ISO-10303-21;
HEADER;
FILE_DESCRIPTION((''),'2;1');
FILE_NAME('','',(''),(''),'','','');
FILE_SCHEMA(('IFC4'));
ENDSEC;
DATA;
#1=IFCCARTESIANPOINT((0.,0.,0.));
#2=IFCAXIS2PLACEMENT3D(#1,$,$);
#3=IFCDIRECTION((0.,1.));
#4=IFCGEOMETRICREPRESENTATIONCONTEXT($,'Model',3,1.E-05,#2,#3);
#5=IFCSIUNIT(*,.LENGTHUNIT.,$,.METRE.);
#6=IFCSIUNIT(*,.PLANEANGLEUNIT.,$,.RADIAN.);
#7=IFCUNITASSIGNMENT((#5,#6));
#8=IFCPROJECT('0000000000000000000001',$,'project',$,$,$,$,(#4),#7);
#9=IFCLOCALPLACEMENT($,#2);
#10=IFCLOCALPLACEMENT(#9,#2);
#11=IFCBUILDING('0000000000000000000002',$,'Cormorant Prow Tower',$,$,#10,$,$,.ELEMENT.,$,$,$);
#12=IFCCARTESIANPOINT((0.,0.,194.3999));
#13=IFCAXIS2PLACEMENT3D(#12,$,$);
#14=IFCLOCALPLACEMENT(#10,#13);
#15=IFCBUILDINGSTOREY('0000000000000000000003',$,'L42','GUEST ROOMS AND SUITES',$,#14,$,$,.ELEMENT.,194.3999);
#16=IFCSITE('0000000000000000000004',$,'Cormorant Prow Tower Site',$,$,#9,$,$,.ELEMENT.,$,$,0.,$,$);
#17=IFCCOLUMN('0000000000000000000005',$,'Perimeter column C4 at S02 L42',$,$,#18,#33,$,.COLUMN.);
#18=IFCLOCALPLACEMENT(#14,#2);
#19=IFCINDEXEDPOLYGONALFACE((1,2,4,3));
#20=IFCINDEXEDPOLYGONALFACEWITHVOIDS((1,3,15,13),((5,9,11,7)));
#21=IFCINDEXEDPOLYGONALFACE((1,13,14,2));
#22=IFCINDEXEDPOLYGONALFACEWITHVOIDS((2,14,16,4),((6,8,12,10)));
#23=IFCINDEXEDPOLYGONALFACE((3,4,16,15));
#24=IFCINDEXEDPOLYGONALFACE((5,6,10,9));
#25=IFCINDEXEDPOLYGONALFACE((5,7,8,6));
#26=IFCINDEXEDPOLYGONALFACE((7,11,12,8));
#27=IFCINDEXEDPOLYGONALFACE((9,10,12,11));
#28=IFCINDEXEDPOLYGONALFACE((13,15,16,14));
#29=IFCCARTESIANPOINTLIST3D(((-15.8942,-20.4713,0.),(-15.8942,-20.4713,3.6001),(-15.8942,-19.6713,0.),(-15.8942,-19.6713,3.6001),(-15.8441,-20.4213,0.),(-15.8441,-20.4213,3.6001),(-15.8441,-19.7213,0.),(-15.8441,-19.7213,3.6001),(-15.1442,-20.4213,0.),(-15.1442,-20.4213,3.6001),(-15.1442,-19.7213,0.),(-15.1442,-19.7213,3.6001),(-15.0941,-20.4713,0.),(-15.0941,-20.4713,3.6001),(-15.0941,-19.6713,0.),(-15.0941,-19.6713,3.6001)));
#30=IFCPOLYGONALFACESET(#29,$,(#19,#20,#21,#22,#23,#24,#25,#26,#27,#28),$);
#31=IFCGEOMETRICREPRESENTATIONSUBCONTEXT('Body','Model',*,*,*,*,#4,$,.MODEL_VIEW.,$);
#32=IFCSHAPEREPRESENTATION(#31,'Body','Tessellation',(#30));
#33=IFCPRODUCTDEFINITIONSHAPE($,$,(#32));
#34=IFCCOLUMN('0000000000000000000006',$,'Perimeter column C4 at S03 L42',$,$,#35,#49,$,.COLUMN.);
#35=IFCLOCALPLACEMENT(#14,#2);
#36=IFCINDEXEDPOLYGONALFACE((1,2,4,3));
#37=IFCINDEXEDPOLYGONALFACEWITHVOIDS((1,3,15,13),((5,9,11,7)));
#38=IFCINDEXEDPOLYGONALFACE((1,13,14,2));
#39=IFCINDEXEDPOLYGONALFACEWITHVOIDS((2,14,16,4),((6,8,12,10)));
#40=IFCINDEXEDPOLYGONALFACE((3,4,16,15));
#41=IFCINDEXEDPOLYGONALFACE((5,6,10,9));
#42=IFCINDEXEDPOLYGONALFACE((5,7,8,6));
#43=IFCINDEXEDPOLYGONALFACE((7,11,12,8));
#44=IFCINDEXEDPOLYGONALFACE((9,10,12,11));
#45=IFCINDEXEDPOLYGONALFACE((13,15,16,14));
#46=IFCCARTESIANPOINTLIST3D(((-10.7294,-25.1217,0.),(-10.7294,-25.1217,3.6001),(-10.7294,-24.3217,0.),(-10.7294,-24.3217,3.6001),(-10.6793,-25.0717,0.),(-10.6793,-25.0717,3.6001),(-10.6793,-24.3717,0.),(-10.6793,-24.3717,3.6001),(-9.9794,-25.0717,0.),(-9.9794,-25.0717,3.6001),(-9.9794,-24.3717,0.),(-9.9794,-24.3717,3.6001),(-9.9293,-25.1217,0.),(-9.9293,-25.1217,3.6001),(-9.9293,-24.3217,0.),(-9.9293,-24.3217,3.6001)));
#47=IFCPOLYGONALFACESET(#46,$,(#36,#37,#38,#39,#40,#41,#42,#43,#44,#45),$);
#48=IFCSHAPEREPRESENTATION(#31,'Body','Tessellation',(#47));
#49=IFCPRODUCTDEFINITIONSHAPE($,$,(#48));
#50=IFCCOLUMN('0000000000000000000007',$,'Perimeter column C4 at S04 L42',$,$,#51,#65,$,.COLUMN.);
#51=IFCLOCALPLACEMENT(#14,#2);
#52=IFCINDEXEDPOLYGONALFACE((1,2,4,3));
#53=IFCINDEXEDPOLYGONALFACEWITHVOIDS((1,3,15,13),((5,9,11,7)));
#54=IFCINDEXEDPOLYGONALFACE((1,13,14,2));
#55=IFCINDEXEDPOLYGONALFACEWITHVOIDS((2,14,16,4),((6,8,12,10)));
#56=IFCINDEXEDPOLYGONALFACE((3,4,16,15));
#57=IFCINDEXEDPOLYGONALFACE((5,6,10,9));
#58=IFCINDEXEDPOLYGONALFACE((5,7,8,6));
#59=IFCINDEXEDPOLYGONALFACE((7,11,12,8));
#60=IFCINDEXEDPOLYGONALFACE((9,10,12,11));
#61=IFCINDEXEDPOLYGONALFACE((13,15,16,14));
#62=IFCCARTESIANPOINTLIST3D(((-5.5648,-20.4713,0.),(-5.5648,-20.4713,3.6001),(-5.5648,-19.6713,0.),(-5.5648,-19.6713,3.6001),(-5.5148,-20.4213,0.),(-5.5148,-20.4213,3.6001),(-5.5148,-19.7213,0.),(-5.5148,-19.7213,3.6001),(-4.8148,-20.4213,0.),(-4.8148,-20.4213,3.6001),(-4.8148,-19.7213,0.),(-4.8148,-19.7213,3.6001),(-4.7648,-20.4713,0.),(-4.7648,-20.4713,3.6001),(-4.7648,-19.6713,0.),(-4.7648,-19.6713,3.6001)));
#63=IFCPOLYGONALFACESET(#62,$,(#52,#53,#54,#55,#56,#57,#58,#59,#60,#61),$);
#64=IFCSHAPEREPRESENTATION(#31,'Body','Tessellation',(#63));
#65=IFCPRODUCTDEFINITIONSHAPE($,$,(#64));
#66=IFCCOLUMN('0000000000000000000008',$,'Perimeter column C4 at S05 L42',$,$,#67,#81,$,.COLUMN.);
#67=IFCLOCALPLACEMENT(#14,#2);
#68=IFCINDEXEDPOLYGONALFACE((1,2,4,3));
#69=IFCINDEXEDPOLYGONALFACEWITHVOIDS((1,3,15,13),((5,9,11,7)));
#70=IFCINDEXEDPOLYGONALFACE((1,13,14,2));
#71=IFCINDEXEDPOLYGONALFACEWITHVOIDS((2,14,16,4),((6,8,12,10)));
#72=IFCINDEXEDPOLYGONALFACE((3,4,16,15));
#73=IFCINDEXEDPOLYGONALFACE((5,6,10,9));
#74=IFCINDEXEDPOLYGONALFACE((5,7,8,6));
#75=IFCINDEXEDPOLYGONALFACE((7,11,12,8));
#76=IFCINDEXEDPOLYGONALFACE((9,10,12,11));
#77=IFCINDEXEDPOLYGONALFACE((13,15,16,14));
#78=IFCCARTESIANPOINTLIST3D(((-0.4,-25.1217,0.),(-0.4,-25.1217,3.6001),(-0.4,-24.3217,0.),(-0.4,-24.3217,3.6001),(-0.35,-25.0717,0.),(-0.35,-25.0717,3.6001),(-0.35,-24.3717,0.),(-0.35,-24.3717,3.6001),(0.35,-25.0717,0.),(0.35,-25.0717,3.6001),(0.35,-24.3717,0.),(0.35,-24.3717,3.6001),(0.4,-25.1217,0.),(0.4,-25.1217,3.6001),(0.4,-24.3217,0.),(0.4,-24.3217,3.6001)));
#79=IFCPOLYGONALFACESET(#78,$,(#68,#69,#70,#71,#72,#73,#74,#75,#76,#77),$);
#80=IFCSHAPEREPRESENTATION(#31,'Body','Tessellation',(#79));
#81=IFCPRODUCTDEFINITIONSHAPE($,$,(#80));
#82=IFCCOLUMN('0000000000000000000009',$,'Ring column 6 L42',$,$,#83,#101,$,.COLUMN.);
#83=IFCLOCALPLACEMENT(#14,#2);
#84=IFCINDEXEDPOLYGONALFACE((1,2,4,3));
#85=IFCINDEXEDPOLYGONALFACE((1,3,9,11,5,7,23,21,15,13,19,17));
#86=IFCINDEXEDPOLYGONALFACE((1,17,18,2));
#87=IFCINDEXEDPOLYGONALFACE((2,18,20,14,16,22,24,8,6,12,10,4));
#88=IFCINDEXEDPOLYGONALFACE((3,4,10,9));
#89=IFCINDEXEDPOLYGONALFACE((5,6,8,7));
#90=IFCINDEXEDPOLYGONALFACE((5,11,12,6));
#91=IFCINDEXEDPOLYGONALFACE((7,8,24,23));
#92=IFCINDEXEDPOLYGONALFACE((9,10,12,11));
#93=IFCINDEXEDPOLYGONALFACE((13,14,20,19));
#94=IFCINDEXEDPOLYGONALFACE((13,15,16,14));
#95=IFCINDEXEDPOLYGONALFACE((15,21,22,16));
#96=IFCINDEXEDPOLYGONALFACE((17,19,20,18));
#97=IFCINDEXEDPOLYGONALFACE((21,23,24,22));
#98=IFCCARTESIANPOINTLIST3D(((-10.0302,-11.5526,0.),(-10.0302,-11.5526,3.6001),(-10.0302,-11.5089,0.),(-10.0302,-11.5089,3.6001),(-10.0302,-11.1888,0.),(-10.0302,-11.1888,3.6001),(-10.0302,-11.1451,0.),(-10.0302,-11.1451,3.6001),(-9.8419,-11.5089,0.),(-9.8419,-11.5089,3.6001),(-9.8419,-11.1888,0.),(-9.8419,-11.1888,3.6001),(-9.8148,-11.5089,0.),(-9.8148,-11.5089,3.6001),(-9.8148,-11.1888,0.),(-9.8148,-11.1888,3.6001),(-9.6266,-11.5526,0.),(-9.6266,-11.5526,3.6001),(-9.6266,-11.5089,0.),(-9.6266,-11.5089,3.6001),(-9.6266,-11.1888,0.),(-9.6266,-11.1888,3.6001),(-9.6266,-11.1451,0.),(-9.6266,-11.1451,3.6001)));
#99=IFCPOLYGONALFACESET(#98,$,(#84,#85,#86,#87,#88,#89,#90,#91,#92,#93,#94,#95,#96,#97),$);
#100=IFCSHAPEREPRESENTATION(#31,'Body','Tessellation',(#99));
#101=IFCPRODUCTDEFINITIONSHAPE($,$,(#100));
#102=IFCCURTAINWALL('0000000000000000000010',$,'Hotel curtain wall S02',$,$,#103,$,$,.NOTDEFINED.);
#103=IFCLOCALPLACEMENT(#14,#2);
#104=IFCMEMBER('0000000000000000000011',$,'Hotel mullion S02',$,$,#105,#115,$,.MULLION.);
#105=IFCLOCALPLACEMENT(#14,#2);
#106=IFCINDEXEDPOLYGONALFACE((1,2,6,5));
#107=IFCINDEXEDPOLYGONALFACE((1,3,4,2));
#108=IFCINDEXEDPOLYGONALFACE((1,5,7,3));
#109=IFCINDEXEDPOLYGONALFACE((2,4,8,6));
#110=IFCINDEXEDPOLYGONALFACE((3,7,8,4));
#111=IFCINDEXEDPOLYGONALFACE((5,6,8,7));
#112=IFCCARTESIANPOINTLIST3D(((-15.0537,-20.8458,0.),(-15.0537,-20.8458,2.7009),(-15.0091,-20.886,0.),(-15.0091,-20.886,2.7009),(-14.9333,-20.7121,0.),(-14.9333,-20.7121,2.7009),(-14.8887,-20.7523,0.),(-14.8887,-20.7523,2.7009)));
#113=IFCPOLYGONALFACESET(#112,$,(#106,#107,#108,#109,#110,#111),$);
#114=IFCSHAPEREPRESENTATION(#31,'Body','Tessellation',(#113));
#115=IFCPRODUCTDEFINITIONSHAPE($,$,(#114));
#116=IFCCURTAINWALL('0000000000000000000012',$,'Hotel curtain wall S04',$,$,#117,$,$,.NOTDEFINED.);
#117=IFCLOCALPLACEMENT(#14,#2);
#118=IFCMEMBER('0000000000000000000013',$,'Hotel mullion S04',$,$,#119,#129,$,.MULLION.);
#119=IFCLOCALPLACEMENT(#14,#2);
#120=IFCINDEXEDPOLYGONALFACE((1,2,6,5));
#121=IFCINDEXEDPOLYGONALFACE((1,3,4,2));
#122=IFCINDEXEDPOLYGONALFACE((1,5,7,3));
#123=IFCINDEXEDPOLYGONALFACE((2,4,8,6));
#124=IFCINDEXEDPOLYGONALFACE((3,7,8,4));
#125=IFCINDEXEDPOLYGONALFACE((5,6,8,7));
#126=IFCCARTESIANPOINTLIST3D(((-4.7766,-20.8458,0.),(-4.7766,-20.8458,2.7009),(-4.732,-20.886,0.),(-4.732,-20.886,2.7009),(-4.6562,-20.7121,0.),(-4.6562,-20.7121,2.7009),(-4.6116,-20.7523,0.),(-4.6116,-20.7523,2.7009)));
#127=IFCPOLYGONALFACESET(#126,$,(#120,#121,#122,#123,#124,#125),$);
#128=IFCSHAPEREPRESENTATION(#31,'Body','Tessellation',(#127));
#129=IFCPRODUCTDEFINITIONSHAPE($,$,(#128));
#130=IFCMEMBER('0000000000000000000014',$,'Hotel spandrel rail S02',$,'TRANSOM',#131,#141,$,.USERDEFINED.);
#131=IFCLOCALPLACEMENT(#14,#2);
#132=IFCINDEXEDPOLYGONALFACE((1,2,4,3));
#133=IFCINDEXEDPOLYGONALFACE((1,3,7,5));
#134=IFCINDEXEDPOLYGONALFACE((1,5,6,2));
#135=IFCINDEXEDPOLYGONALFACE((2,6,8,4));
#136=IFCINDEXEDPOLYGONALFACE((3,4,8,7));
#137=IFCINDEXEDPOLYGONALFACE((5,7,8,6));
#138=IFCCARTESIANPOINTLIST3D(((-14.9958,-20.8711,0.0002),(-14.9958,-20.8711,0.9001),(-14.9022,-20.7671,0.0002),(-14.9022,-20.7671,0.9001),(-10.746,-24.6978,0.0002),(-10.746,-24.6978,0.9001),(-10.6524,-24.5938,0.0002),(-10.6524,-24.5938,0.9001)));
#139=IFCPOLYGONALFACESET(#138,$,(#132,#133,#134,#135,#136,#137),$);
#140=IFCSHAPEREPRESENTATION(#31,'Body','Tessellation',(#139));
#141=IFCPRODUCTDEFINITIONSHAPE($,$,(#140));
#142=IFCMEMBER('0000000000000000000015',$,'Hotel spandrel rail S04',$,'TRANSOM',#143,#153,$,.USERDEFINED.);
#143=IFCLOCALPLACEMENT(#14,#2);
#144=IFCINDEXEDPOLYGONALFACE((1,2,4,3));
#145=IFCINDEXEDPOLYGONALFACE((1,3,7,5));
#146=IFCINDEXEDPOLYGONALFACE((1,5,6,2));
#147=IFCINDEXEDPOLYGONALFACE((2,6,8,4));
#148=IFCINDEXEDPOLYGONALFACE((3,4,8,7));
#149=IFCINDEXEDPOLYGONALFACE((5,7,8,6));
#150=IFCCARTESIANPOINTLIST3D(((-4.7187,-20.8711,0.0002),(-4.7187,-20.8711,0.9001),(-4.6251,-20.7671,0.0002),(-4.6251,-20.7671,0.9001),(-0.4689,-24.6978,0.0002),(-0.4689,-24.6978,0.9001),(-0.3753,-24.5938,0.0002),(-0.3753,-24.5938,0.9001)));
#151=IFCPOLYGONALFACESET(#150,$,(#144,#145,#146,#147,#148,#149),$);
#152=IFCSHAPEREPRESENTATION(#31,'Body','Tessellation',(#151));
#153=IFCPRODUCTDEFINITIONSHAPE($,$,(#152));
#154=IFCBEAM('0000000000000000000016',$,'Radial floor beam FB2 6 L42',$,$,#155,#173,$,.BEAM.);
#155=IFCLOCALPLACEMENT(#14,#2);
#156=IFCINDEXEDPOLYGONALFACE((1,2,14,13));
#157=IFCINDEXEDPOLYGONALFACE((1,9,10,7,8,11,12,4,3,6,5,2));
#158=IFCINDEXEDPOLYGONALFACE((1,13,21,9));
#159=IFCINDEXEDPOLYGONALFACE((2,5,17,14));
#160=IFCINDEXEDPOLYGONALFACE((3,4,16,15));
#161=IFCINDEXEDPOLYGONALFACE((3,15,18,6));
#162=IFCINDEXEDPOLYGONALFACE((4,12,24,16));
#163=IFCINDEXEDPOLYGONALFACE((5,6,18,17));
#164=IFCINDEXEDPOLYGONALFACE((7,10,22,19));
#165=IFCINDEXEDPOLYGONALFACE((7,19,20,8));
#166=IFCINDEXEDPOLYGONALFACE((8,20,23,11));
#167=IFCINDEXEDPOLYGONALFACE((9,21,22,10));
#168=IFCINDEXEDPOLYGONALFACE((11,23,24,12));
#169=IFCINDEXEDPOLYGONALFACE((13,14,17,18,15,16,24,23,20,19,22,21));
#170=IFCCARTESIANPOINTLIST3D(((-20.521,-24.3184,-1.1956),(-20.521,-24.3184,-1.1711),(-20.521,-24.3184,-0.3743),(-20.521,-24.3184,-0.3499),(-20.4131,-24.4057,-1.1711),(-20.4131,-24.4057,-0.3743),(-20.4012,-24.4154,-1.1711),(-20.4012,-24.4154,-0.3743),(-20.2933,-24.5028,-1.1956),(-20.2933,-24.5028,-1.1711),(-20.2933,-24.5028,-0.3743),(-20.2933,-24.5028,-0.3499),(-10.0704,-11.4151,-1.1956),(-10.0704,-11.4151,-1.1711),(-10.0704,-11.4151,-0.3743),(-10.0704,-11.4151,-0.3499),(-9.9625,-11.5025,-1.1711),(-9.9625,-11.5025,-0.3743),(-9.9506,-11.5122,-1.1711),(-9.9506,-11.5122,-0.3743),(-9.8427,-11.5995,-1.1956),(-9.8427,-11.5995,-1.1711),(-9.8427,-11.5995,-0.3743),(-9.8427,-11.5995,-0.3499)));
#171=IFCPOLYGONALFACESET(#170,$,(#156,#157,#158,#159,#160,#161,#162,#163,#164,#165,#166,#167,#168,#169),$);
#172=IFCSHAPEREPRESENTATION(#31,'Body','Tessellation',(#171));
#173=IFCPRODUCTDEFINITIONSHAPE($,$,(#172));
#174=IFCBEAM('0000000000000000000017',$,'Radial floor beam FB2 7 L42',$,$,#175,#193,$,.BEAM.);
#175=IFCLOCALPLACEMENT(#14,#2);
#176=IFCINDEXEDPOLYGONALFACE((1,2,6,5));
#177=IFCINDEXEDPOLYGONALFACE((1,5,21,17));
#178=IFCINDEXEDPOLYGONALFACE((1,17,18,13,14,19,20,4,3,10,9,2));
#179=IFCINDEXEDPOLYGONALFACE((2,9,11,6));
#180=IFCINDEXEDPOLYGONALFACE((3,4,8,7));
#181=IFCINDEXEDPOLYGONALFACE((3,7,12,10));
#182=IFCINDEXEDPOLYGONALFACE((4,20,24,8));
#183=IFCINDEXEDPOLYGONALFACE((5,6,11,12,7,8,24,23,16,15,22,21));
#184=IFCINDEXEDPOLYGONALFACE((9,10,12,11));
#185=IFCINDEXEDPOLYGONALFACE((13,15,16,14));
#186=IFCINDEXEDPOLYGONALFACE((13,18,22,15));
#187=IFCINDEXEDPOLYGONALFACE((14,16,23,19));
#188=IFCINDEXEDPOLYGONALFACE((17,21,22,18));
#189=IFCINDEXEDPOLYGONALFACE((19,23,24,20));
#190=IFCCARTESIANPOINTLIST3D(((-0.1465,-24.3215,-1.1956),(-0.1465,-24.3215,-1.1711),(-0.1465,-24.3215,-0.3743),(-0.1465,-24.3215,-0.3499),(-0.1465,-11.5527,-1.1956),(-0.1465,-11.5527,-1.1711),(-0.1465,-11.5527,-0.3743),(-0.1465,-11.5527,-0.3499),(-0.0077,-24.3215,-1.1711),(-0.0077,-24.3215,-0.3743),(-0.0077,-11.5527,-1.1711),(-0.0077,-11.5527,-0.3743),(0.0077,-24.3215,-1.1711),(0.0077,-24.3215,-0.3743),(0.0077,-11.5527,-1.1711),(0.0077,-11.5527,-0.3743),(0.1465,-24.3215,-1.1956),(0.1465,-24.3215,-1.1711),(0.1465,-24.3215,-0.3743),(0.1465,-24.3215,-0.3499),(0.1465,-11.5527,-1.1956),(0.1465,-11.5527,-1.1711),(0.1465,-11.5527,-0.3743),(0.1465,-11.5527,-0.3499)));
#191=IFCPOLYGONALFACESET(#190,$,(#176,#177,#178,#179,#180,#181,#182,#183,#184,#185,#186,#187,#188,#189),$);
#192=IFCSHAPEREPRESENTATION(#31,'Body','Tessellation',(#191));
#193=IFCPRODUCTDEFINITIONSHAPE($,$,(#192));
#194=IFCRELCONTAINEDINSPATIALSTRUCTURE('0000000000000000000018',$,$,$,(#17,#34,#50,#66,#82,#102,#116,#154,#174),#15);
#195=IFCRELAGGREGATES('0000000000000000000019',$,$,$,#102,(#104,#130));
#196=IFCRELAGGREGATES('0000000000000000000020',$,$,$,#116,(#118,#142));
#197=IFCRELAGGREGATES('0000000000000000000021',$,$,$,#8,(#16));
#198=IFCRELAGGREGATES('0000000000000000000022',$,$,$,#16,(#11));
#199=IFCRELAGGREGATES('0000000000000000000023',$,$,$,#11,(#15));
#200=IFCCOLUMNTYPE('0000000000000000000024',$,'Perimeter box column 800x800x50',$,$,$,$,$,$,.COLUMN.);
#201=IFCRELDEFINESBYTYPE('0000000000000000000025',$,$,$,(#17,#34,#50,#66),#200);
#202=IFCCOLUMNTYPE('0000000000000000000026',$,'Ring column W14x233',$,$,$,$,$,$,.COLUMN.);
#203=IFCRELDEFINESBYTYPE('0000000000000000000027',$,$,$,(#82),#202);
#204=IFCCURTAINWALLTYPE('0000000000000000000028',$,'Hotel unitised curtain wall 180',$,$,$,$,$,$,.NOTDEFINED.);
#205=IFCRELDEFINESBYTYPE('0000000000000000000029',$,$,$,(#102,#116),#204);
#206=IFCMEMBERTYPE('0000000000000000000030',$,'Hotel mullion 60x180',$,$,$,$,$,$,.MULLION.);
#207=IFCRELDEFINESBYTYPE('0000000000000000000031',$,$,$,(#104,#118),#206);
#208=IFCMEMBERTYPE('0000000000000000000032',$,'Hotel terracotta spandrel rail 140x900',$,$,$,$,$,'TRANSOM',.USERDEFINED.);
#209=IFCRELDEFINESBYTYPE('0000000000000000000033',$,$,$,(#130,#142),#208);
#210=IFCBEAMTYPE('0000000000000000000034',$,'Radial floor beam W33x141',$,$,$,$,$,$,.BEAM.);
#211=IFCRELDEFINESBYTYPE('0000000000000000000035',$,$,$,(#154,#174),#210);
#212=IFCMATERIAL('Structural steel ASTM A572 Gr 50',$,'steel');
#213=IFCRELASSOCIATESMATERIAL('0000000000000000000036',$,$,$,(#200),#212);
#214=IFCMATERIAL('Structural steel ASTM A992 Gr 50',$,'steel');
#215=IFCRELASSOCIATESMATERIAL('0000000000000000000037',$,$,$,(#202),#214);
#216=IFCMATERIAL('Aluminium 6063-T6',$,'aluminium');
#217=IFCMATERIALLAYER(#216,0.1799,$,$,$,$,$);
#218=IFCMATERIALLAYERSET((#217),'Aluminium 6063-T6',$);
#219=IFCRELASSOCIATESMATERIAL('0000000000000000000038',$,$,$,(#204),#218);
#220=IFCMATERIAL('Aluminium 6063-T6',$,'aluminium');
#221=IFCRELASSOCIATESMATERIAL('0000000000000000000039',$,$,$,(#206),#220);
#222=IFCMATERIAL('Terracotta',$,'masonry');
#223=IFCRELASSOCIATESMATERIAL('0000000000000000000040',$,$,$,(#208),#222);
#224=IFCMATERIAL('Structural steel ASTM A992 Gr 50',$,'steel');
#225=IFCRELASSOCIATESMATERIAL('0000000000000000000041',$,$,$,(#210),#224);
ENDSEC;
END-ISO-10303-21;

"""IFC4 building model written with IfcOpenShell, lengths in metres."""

from ifc_helpers import new_model, si_unit, direction, frame, origin, origin_2d, place, context, subcontext, project, spatial, rectangle, hollow_rectangle, i_section, extrude, material, layer, layer_set, material_profile, profile_set, type_object, element, aggregate, save


model = new_model("IFC4")

# Units and contexts
model_context = context("Model", 3, precision=1e-05, world=origin(), true_north=direction((0.0, 1.0)))
body_context = subcontext(model_context, "Body", "Model", "MODEL_VIEW")
ifc_project = project(units=[si_unit("LENGTHUNIT", "METRE"), si_unit("PLANEANGLEUNIT", "RADIAN")], contexts=[model_context])

# Site, building, storey
site_placement = place(None, origin())
site = spatial("IfcSite", under=ifc_project, at=site_placement, Name="Cormorant Prow Tower Site", CompositionType="ELEMENT", RefElevation=0.0)
building_placement = place(site_placement, origin())
building = spatial("IfcBuilding", under=site, at=building_placement, Name="Cormorant Prow Tower", CompositionType="ELEMENT")
storey_placement = place(building_placement, frame((0.0, 0.0, 194.3999)))
storey = spatial("IfcBuildingStorey", under=building, at=storey_placement, Name="L42", Description="GUEST ROOMS AND SUITES", CompositionType="ELEMENT", Elevation=194.3999)

# Columns
ifc_material_1 = material(Name="Structural steel ASTM A572 Gr 50", Category="steel")
ifc_material_profile_1 = material_profile(ifc_material_1, hollow_rectangle(XDim=0.8, YDim=0.8, WallThickness=0.05, at=origin_2d()), Name="Box 800x800x50")
ifc_profile_set_1 = profile_set([ifc_material_profile_1], Name="Structural steel ASTM A572 Gr 50")
column_type_1 = type_object("IfcColumnType", Name="Perimeter box column 800x800x50", PredefinedType="COLUMN", material=ifc_profile_set_1)
for number, where, z_axis, x_axis, name in (
    (1, (-15.4941, -20.0713, 0.0), (0.0, 0.0, 1.0), (1.0, 0.0, 0.0), "Perimeter column C4 at S02 L42"),
    (2, (-10.3293, -24.7217, 0.0), (0.0, 0.0, 1.0), (1.0, 0.0, 0.0), "Perimeter column C4 at S03 L42"),
    (3, (-5.1648, -20.0713, 0.0), (0.0, 0.0, 1.0), (1.0, 0.0, 0.0), "Perimeter column C4 at S04 L42"),
    (4, (0.0, -24.7217, 0.0), (0.0, 0.0, 1.0), (1.0, 0.0, 0.0), "Perimeter column C4 at S05 L42"),
):
    element("IfcColumn", number, at=place(storey_placement, frame(where, z_axis=z_axis, x_axis=x_axis)), inside=storey, type_object=column_type_1, Name=name, PredefinedType="COLUMN", context=body_context, shape_type="SweptSolid", body=[
        extrude(hollow_rectangle(XDim=0.8, YDim=0.8, WallThickness=0.05, at=origin_2d()), origin(), (0.0, 0.0, 1.0), 3.6001),
    ])
ifc_material_2 = material(Name="Structural steel ASTM A992 Gr 50", Category="steel")
ifc_material_profile_2 = material_profile(ifc_material_2, i_section(OverallWidth=0.4036, OverallDepth=0.4075, WebThickness=0.0271, FlangeThickness=0.0437, at=origin_2d()), Name="W14x233")
ifc_profile_set_2 = profile_set([ifc_material_profile_2], Name="Structural steel ASTM A992 Gr 50")
column_type_2 = type_object("IfcColumnType", Name="Ring column W14x233", PredefinedType="COLUMN", material=ifc_profile_set_2)
column_placement = place(storey_placement, frame((-9.8284, -11.3489, 0.0), z_axis=(0.0, 0.0, 1.0), x_axis=(1.0, 0.0, 0.0)))
element("IfcColumn", 5, at=column_placement, inside=storey, type_object=column_type_2, Name="Ring column 6 L42", PredefinedType="COLUMN", context=body_context, shape_type="SweptSolid", body=[
    extrude(i_section(OverallWidth=0.4036, OverallDepth=0.4075, WebThickness=0.0271, FlangeThickness=0.0437, at=origin_2d()), origin(), (0.0, 0.0, 1.0), 3.6001),
])

# Curtain walls, members
ifc_material_3 = material(Name="Aluminium 6063-T6", Category="aluminium")
ifc_layer_1 = layer(ifc_material_3, 0.1799)
ifc_layer_set_1 = layer_set([ifc_layer_1], Name="Aluminium 6063-T6")
curtain_wall_type = type_object("IfcCurtainWallType", Name="Hotel unitised curtain wall 180", PredefinedType="NOTDEFINED", material=ifc_layer_set_1)
curtain_wall_1_placement = place(storey_placement, origin())
curtain_wall_1 = element("IfcCurtainWall", 6, at=curtain_wall_1_placement, inside=storey, type_object=curtain_wall_type, Name="Hotel curtain wall S02", PredefinedType="NOTDEFINED")
ifc_material_4 = material(Name="Aluminium 6063-T6", Category="aluminium")
ifc_material_profile_3 = material_profile(ifc_material_4, rectangle(XDim=0.1799, YDim=0.0601, at=origin_2d()), Name="Hotel mullion 60x180")
ifc_profile_set_3 = profile_set([ifc_material_profile_3], Name="Aluminium 6063-T6")
member_type_1 = type_object("IfcMemberType", Name="Hotel mullion 60x180", PredefinedType="MULLION", material=ifc_profile_set_3)
member_1_placement = place(storey_placement, frame((-14.9712, -20.7991, 0.0), z_axis=(0.0, 0.0, 1.0), x_axis=(0.669131, 0.743145, 0.0)))
member_1 = element("IfcMember", 7, at=member_1_placement, type_object=member_type_1, Name="Hotel mullion S02", PredefinedType="MULLION", context=body_context, shape_type="SweptSolid", body=[
    extrude(rectangle(XDim=0.1799, YDim=0.0601, at=origin_2d()), origin(), (0.0, 0.0, 1.0), 2.7009),
])
curtain_wall_2_placement = place(storey_placement, origin())
curtain_wall_2 = element("IfcCurtainWall", 8, at=curtain_wall_2_placement, inside=storey, type_object=curtain_wall_type, Name="Hotel curtain wall S04", PredefinedType="NOTDEFINED")
member_2_placement = place(storey_placement, frame((-4.6941, -20.7991, 0.0), z_axis=(0.0, 0.0, 1.0), x_axis=(0.669131, 0.743145, 0.0)))
member_2 = element("IfcMember", 9, at=member_2_placement, type_object=member_type_1, Name="Hotel mullion S04", PredefinedType="MULLION", context=body_context, shape_type="SweptSolid", body=[
    extrude(rectangle(XDim=0.1799, YDim=0.0601, at=origin_2d()), origin(), (0.0, 0.0, 1.0), 2.7009),
])

# Members
ifc_material_5 = material(Name="Terracotta", Category="masonry")
ifc_material_profile_4 = material_profile(ifc_material_5, rectangle(XDim=0.1399, YDim=0.8999, at=origin_2d()), Name="Hotel terracotta spandrel rail 140x900")
ifc_profile_set_4 = profile_set([ifc_material_profile_4], Name="Terracotta")
member_type_2 = type_object("IfcMemberType", Name="Hotel terracotta spandrel rail 140x900", ElementType="TRANSOM", PredefinedType="USERDEFINED", material=ifc_profile_set_4)
member_3_placement = place(storey_placement, frame((-14.949, -20.8191, 0.4502), z_axis=(0.743131, -0.669146, 0.0), x_axis=(0.669146, 0.743131, 0.0)))
member_3 = element("IfcMember", 10, at=member_3_placement, type_object=member_type_2, Name="Hotel spandrel rail S02", ObjectType="TRANSOM", PredefinedType="USERDEFINED", context=body_context, shape_type="SweptSolid", body=[
    extrude(rectangle(XDim=0.1399, YDim=0.8999, at=origin_2d()), origin(), (0.0, 0.0, 1.0), 5.7188),
])
member_4_placement = place(storey_placement, frame((-4.6719, -20.8191, 0.4502), z_axis=(0.743131, -0.669146, 0.0), x_axis=(0.669146, 0.743131, 0.0)))
member_4 = element("IfcMember", 11, at=member_4_placement, type_object=member_type_2, Name="Hotel spandrel rail S04", ObjectType="TRANSOM", PredefinedType="USERDEFINED", context=body_context, shape_type="SweptSolid", body=[
    extrude(rectangle(XDim=0.1399, YDim=0.8999, at=origin_2d()), origin(), (0.0, 0.0, 1.0), 5.7188),
])

# Beams
ifc_material_6 = material(Name="Structural steel ASTM A992 Gr 50", Category="steel")
ifc_material_profile_5 = material_profile(ifc_material_6, i_section(OverallWidth=0.293, OverallDepth=0.8457, WebThickness=0.0154, FlangeThickness=0.0244, at=origin_2d()), Name="W33x141")
ifc_profile_set_5 = profile_set([ifc_material_profile_5], Name="Structural steel ASTM A992 Gr 50")
beam_type_1 = type_object("IfcBeamType", Name="Radial floor beam W33x141", PredefinedType="BEAM", material=ifc_profile_set_5)
beam_1_placement = place(storey_placement, frame((-9.9565, -11.5073, -0.7727), z_axis=(-0.629385, -0.777094, 0.0), x_axis=(0.777094, -0.629385, 0.0)))
element("IfcBeam", 12, at=beam_1_placement, inside=storey, type_object=beam_type_1, Name="Radial floor beam FB2 6 L42", PredefinedType="BEAM", context=body_context, shape_type="SweptSolid", body=[
    extrude(i_section(OverallWidth=0.293, OverallDepth=0.8457, WebThickness=0.0154, FlangeThickness=0.0244, at=origin_2d()), origin(), (0.0, 0.0, 1.0), 16.6045),
])
beam_2_placement = place(storey_placement, frame((0.0, -11.5527, -0.7727), z_axis=(0.0, -1.0, 0.0), x_axis=(1.0, 0.0, 0.0)))
element("IfcBeam", 13, at=beam_2_placement, inside=storey, type_object=beam_type_1, Name="Radial floor beam FB2 7 L42", PredefinedType="BEAM", context=body_context, shape_type="SweptSolid", body=[
    extrude(i_section(OverallWidth=0.293, OverallDepth=0.8457, WebThickness=0.0154, FlangeThickness=0.0244, at=origin_2d()), origin(), (0.0, 0.0, 1.0), 12.7688),
])

aggregate(curtain_wall_1, [member_1, member_3])
aggregate(curtain_wall_2, [member_2, member_4])

save(model, "model.ifc")
